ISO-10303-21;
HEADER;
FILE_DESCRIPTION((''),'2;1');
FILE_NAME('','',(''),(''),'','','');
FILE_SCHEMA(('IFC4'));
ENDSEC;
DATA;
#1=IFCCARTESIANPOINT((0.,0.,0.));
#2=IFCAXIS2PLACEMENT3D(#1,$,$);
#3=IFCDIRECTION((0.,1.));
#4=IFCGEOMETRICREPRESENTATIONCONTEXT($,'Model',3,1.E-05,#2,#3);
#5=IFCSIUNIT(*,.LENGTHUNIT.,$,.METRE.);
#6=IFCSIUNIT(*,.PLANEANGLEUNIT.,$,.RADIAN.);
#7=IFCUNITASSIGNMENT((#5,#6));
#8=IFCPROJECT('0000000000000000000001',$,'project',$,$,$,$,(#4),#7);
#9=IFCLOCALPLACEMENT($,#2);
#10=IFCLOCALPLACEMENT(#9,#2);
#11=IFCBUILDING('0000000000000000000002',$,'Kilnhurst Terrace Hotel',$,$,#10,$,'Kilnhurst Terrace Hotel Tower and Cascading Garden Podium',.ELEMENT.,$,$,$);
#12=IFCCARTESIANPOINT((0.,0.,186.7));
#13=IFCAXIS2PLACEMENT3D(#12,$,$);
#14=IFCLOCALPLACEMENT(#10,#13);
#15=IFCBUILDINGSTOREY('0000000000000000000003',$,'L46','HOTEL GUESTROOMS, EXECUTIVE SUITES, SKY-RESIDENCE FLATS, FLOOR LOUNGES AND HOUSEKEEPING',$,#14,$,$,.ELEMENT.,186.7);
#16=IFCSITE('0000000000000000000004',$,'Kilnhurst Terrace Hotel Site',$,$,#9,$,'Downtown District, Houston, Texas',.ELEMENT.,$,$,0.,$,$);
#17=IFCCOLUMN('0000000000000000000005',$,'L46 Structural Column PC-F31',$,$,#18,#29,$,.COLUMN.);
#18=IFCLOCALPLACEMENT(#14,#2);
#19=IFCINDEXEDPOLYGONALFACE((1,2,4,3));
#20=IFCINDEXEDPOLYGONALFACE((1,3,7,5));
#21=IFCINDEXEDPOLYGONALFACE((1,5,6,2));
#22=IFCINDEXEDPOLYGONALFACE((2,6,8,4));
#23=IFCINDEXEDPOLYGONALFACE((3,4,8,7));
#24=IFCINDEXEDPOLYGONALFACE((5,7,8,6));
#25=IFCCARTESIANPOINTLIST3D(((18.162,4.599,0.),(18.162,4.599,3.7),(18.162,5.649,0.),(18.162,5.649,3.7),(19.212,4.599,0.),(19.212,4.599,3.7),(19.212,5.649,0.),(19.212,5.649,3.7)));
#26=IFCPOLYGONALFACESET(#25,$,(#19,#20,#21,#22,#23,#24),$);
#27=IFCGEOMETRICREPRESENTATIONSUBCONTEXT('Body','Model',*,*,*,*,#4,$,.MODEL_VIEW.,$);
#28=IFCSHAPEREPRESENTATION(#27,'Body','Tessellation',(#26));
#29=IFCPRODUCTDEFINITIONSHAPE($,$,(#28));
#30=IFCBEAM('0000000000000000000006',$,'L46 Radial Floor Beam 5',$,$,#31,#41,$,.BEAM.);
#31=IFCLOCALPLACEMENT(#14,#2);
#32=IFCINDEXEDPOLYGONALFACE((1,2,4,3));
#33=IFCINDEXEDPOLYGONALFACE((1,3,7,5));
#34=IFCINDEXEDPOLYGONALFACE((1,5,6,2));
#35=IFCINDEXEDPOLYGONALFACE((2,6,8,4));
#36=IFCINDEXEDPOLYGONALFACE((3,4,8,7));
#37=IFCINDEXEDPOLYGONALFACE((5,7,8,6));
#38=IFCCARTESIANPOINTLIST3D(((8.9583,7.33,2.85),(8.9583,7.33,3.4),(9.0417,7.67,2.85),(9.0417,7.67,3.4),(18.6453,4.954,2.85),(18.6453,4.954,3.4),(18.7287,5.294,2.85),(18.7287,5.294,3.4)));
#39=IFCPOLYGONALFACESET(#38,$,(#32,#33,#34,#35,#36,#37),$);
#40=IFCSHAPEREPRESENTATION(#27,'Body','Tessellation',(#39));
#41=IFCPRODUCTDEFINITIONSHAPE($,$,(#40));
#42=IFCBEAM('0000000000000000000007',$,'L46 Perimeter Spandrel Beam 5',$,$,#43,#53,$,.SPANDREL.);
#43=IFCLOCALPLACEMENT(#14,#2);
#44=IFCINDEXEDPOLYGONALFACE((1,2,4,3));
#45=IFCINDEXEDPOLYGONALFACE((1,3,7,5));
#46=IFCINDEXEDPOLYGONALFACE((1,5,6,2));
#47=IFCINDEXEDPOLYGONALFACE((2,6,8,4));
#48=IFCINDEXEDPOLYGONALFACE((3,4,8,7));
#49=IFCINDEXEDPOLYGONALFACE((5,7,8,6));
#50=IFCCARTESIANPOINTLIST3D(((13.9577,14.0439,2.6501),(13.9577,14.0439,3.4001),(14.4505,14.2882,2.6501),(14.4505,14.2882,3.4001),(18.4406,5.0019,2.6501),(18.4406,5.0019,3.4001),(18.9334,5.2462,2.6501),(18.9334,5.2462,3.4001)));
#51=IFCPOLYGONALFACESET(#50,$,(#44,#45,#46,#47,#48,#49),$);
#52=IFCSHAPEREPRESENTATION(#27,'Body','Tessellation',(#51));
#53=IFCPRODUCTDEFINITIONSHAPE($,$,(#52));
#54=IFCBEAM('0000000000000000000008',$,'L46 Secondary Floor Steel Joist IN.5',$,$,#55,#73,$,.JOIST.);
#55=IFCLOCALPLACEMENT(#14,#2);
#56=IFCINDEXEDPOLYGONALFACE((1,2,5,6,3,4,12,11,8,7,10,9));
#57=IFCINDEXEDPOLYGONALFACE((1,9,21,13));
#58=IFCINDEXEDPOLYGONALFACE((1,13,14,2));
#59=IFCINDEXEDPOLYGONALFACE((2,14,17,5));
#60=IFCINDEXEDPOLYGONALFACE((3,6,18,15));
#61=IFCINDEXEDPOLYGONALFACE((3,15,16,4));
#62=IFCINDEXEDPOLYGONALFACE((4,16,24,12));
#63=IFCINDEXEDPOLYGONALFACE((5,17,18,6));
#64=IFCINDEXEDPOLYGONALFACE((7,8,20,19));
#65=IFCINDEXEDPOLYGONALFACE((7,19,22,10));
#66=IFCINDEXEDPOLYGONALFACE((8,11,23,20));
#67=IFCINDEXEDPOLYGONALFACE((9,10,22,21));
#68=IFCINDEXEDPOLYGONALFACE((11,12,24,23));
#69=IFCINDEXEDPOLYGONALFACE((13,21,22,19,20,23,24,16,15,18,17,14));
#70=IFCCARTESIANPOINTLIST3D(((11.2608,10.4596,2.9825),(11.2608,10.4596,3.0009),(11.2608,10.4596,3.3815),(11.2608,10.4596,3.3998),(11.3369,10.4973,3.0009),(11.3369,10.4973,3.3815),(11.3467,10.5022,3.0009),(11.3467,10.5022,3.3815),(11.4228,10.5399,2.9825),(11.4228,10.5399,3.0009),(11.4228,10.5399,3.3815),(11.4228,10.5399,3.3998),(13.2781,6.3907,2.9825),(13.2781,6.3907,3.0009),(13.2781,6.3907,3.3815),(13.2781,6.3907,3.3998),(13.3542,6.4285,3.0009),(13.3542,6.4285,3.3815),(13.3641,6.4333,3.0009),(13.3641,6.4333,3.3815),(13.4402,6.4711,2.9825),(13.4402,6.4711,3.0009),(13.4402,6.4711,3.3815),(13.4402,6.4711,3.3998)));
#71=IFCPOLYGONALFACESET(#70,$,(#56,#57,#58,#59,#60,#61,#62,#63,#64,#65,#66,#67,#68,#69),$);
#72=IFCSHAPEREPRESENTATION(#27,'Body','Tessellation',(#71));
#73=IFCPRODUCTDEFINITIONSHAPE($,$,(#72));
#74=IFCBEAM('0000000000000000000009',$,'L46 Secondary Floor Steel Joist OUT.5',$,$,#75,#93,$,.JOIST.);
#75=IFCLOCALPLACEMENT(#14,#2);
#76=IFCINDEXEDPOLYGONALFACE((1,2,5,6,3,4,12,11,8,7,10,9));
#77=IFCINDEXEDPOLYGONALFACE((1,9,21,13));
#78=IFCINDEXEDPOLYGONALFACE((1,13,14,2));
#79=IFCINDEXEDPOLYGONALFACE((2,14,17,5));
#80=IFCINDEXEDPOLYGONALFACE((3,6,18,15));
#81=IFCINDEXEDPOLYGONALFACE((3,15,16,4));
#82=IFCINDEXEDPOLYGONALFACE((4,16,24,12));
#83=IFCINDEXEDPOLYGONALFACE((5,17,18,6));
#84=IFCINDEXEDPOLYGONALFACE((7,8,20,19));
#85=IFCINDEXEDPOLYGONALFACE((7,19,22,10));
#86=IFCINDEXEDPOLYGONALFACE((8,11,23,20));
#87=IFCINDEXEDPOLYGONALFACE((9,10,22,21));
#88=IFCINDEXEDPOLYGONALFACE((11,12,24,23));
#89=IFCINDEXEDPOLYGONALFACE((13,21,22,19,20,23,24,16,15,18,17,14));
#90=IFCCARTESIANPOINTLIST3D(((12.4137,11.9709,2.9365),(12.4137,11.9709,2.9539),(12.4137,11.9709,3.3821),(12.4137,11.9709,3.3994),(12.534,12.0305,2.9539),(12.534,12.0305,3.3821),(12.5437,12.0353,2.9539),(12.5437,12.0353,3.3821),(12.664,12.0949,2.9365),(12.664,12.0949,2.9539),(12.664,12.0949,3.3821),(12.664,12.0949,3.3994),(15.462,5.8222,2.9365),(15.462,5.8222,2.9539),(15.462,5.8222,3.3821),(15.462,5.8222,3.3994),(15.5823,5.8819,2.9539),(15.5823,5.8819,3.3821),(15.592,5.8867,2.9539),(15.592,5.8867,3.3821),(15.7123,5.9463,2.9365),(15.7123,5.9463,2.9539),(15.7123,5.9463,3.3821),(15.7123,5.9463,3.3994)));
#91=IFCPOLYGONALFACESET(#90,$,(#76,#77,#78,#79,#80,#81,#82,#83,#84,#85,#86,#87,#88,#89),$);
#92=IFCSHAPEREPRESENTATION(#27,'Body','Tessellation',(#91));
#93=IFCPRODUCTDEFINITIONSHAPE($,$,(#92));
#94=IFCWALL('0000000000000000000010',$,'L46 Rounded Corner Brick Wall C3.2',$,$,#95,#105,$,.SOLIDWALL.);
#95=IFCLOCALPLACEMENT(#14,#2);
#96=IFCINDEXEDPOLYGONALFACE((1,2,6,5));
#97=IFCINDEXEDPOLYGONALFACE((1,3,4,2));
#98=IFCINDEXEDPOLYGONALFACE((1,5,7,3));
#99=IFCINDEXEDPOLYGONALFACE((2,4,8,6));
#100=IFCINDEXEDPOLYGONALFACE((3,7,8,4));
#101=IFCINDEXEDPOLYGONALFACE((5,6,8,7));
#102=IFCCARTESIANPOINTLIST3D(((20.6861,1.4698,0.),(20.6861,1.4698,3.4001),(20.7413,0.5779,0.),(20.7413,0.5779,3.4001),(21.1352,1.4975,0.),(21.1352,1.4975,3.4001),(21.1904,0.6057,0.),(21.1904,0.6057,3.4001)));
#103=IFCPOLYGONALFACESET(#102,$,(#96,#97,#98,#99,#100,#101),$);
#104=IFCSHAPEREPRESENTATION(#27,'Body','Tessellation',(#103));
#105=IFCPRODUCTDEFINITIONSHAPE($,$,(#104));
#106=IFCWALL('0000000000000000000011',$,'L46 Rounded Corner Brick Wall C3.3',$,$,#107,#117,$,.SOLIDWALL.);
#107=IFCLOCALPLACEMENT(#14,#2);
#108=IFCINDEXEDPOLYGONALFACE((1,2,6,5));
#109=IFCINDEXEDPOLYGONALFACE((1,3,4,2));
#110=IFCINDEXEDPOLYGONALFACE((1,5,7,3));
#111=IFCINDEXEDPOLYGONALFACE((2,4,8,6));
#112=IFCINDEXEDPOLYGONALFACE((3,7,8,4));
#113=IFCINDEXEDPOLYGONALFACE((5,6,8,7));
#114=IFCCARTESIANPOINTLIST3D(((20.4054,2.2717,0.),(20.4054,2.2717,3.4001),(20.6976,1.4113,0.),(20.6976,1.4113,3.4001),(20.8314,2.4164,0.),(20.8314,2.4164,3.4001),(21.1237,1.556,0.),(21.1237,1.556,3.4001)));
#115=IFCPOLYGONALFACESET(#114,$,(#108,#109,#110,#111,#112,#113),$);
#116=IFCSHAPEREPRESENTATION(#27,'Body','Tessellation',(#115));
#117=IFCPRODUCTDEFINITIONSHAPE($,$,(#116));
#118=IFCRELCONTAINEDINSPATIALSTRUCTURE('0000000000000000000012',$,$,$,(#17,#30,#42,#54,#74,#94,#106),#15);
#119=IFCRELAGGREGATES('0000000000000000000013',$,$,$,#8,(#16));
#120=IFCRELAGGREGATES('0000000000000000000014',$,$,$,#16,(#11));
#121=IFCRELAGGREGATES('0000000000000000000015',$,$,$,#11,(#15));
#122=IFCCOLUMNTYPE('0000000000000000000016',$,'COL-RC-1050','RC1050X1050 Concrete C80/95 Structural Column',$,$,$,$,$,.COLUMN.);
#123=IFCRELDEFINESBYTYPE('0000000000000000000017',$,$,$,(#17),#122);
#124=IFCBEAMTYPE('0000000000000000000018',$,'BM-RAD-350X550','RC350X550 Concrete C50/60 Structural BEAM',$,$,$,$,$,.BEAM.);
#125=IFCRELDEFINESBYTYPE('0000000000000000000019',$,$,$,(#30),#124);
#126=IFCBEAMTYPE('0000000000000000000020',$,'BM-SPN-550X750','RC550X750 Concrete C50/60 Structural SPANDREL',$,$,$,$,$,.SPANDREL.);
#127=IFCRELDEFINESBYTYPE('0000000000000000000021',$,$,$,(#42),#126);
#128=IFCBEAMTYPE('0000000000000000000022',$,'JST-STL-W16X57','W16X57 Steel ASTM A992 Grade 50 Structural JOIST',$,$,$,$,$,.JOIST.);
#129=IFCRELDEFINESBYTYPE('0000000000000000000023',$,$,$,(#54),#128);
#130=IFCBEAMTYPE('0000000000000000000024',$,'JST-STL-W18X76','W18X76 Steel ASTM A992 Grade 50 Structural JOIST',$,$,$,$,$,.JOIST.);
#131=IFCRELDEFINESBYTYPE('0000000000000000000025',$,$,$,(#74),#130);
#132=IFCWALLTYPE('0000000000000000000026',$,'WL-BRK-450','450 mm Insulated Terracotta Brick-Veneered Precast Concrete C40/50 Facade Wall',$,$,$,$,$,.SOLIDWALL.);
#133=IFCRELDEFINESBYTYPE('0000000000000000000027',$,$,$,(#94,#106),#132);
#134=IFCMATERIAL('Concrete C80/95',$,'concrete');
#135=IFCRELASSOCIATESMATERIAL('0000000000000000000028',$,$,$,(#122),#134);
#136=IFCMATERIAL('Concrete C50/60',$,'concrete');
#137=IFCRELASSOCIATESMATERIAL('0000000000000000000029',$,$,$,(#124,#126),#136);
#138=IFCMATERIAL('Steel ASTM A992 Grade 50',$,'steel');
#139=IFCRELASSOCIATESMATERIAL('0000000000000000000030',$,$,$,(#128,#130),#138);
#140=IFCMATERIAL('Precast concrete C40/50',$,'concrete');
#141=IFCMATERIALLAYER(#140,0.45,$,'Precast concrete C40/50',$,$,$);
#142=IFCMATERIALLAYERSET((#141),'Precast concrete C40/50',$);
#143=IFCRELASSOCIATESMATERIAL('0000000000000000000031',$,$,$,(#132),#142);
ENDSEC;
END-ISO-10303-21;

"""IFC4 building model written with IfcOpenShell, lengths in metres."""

from ifc_helpers import new_model, si_unit, direction, frame, frame_2d, origin, origin_2d, place, context, subcontext, project, spatial, rectangle, i_section, extrude, material, layer, layer_set, material_profile, profile_set, type_object, element, save


model = new_model("IFC4")

# Units and contexts
model_context = context("Model", 3, precision=1e-05, world=origin(), true_north=direction((0.0, 1.0)))
body_context = subcontext(model_context, "Body", "Model", "MODEL_VIEW")
ifc_project = project(units=[si_unit("LENGTHUNIT", "METRE"), si_unit("PLANEANGLEUNIT", "RADIAN")], contexts=[model_context])

# Site, building, storey
site_placement = place(None, origin())
site = spatial("IfcSite", under=ifc_project, at=site_placement, Name="Kilnhurst Terrace Hotel Site", LongName="Downtown District, Houston, Texas", CompositionType="ELEMENT", RefElevation=0.0)
building_placement = place(site_placement, origin())
building = spatial("IfcBuilding", under=site, at=building_placement, Name="Kilnhurst Terrace Hotel", LongName="Kilnhurst Terrace Hotel Tower and Cascading Garden Podium", CompositionType="ELEMENT")
storey_placement = place(building_placement, frame((0.0, 0.0, 186.7)))
storey = spatial("IfcBuildingStorey", under=building, at=storey_placement, Name="L46", Description="HOTEL GUESTROOMS, EXECUTIVE SUITES, SKY-RESIDENCE FLATS, FLOOR LOUNGES AND HOUSEKEEPING", CompositionType="ELEMENT", Elevation=186.7)

# Column
ifc_material_1 = material(Name="Concrete C80/95", Category="concrete")
ifc_material_profile_1 = material_profile(ifc_material_1, rectangle(XDim=1.05, YDim=1.05, at=origin_2d()), Name="RC1050X1050")
ifc_profile_set_1 = profile_set([ifc_material_profile_1], Name="Concrete C80/95")
column_type = type_object("IfcColumnType", Name="COL-RC-1050", Description="RC1050X1050 Concrete C80/95 Structural Column", PredefinedType="COLUMN", material=ifc_profile_set_1)
column_placement = place(storey_placement, frame((18.687, 5.124, 0.0), z_axis=(0.0, 0.0, 1.0), x_axis=(1.0, 0.0, 0.0)))
element("IfcColumn", 1, at=column_placement, inside=storey, type_object=column_type, Name="L46 Structural Column PC-F31", PredefinedType="COLUMN", context=body_context, shape_type="SweptSolid", body=[
    extrude(rectangle(XDim=1.05, YDim=1.05, at=origin_2d()), origin(), (0.0, 0.0, 1.0), 3.7),
])

# Beams
ifc_material_2 = material(Name="Concrete C50/60", Category="concrete")
ifc_material_profile_2 = material_profile(ifc_material_2, rectangle(XDim=0.3501, YDim=0.55, at=origin_2d()), Name="RC350X550")
ifc_profile_set_2 = profile_set([ifc_material_profile_2], Name="Concrete C50/60")
beam_type_1 = type_object("IfcBeamType", Name="BM-RAD-350X550", Description="RC350X550 Concrete C50/60 Structural BEAM", PredefinedType="BEAM", material=ifc_profile_set_2)
beam_1_placement = place(storey_placement, frame((9.0, 7.5, 3.125), z_axis=(0.971213, -0.238214, 0.0), x_axis=(0.238214, 0.971213, 0.0)))
element("IfcBeam", 2, at=beam_1_placement, inside=storey, type_object=beam_type_1, Name="L46 Radial Floor Beam 5", PredefinedType="BEAM", context=body_context, shape_type="SweptSolid", body=[
    extrude(rectangle(XDim=0.3501, YDim=0.55, at=origin_2d()), origin(), (0.0, 0.0, 1.0), 9.9741),
])
ifc_material_profile_3 = material_profile(ifc_material_2, rectangle(XDim=0.55, YDim=0.75, at=origin_2d()), Name="RC550X750")
ifc_profile_set_3 = profile_set([ifc_material_profile_3], Name="Concrete C50/60")
beam_type_2 = type_object("IfcBeamType", Name="BM-SPN-550X750", Description="RC550X750 Concrete C50/60 Structural SPANDREL", PredefinedType="SPANDREL", material=ifc_profile_set_3)
beam_2_placement = place(storey_placement, frame((18.687, 5.124, 3.0251), z_axis=(-0.444192, 0.895932, 0.0), x_axis=(-0.895932, -0.444192, 0.0)))
element("IfcBeam", 3, at=beam_2_placement, inside=storey, type_object=beam_type_2, Name="L46 Perimeter Spandrel Beam 5", PredefinedType="SPANDREL", context=body_context, shape_type="SweptSolid", body=[
    extrude(rectangle(XDim=0.55, YDim=0.75, at=origin_2d()), origin(), (0.0, 0.0, 1.0), 10.0923),
])
ifc_material_3 = material(Name="Steel ASTM A992 Grade 50", Category="steel")
ifc_material_profile_4 = material_profile(ifc_material_3, i_section(OverallWidth=0.1809, OverallDepth=0.4172, WebThickness=0.011, FlangeThickness=0.0183, at=origin_2d()), Name="W16X57")
ifc_profile_set_4 = profile_set([ifc_material_profile_4], Name="Steel ASTM A992 Grade 50")
beam_type_3 = type_object("IfcBeamType", Name="JST-STL-W16X57", Description="W16X57 Steel ASTM A992 Grade 50 Structural JOIST", PredefinedType="JOIST", material=ifc_profile_set_4)
beam_3_placement = place(storey_placement, frame((13.3591, 6.4309, 3.1912), z_axis=(-0.444201, 0.895927, 0.0), x_axis=(-0.895927, -0.444201, 0.0)))
element("IfcBeam", 4, at=beam_3_placement, inside=storey, type_object=beam_type_3, Name="L46 Secondary Floor Steel Joist IN.5", PredefinedType="JOIST", context=body_context, shape_type="SweptSolid", body=[
    extrude(i_section(OverallWidth=0.1809, OverallDepth=0.4172, WebThickness=0.011, FlangeThickness=0.0183, at=origin_2d()), origin(), (0.0, 0.0, 1.0), 4.5415),
])
ifc_material_profile_5 = material_profile(ifc_material_3, i_section(OverallWidth=0.2793, OverallDepth=0.4629, WebThickness=0.0107, FlangeThickness=0.0173, at=origin_2d()), Name="W18X76")
ifc_profile_set_5 = profile_set([ifc_material_profile_5], Name="Steel ASTM A992 Grade 50")
beam_type_4 = type_object("IfcBeamType", Name="JST-STL-W18X76", Description="W18X76 Steel ASTM A992 Grade 50 Structural JOIST", PredefinedType="JOIST", material=ifc_profile_set_5)
beam_4_placement = place(storey_placement, frame((15.5872, 5.8843, 3.168), z_axis=(-0.44418, 0.895938, 0.0), x_axis=(-0.895938, -0.44418, 0.0)))
element("IfcBeam", 5, at=beam_4_placement, inside=storey, type_object=beam_type_4, Name="L46 Secondary Floor Steel Joist OUT.5", PredefinedType="JOIST", context=body_context, shape_type="SweptSolid", body=[
    extrude(i_section(OverallWidth=0.2793, OverallDepth=0.4629, WebThickness=0.0107, FlangeThickness=0.0173, at=origin_2d()), origin(), (0.0, 0.0, 1.0), 6.8628),
])

# Walls
ifc_material_4 = material(Name="Precast concrete C40/50", Category="concrete")
ifc_layer_1 = layer(ifc_material_4, 0.45, Name="Precast concrete C40/50")
ifc_layer_set_1 = layer_set([ifc_layer_1], Name="Precast concrete C40/50")
wall_type_1 = type_object("IfcWallType", Name="WL-BRK-450", Description="450 mm Insulated Terracotta Brick-Veneered Precast Concrete C40/50 Facade Wall", PredefinedType="SOLIDWALL", material=ifc_layer_set_1)
wall_1_placement = place(storey_placement, frame((20.9658, 0.5918, 0.0), z_axis=(0.0, 0.0, 1.0), x_axis=(-0.061749, 0.998092, 0.0)))
element("IfcWall", 6, at=wall_1_placement, inside=storey, type_object=wall_type_1, Name="L46 Rounded Corner Brick Wall C3.2", PredefinedType="SOLIDWALL", context=body_context, shape_type="SweptSolid", body=[
    extrude(rectangle(XDim=0.8936, YDim=0.45, at=frame_2d((0.4468, 0.0))), origin(), (0.0, 0.0, 1.0), 3.4001),
])
wall_2_placement = place(storey_placement, frame((20.9106, 1.4836, 0.0), z_axis=(0.0, 0.0, 1.0), x_axis=(-0.321623, 0.946868, 0.0)))
element("IfcWall", 7, at=wall_2_placement, inside=storey, type_object=wall_type_1, Name="L46 Rounded Corner Brick Wall C3.3", PredefinedType="SOLIDWALL", context=body_context, shape_type="SweptSolid", body=[
    extrude(rectangle(XDim=0.9087, YDim=0.45, at=frame_2d((0.4543, 0.0))), origin(), (0.0, 0.0, 1.0), 3.4001),
])

save(model, "model.ifc")
